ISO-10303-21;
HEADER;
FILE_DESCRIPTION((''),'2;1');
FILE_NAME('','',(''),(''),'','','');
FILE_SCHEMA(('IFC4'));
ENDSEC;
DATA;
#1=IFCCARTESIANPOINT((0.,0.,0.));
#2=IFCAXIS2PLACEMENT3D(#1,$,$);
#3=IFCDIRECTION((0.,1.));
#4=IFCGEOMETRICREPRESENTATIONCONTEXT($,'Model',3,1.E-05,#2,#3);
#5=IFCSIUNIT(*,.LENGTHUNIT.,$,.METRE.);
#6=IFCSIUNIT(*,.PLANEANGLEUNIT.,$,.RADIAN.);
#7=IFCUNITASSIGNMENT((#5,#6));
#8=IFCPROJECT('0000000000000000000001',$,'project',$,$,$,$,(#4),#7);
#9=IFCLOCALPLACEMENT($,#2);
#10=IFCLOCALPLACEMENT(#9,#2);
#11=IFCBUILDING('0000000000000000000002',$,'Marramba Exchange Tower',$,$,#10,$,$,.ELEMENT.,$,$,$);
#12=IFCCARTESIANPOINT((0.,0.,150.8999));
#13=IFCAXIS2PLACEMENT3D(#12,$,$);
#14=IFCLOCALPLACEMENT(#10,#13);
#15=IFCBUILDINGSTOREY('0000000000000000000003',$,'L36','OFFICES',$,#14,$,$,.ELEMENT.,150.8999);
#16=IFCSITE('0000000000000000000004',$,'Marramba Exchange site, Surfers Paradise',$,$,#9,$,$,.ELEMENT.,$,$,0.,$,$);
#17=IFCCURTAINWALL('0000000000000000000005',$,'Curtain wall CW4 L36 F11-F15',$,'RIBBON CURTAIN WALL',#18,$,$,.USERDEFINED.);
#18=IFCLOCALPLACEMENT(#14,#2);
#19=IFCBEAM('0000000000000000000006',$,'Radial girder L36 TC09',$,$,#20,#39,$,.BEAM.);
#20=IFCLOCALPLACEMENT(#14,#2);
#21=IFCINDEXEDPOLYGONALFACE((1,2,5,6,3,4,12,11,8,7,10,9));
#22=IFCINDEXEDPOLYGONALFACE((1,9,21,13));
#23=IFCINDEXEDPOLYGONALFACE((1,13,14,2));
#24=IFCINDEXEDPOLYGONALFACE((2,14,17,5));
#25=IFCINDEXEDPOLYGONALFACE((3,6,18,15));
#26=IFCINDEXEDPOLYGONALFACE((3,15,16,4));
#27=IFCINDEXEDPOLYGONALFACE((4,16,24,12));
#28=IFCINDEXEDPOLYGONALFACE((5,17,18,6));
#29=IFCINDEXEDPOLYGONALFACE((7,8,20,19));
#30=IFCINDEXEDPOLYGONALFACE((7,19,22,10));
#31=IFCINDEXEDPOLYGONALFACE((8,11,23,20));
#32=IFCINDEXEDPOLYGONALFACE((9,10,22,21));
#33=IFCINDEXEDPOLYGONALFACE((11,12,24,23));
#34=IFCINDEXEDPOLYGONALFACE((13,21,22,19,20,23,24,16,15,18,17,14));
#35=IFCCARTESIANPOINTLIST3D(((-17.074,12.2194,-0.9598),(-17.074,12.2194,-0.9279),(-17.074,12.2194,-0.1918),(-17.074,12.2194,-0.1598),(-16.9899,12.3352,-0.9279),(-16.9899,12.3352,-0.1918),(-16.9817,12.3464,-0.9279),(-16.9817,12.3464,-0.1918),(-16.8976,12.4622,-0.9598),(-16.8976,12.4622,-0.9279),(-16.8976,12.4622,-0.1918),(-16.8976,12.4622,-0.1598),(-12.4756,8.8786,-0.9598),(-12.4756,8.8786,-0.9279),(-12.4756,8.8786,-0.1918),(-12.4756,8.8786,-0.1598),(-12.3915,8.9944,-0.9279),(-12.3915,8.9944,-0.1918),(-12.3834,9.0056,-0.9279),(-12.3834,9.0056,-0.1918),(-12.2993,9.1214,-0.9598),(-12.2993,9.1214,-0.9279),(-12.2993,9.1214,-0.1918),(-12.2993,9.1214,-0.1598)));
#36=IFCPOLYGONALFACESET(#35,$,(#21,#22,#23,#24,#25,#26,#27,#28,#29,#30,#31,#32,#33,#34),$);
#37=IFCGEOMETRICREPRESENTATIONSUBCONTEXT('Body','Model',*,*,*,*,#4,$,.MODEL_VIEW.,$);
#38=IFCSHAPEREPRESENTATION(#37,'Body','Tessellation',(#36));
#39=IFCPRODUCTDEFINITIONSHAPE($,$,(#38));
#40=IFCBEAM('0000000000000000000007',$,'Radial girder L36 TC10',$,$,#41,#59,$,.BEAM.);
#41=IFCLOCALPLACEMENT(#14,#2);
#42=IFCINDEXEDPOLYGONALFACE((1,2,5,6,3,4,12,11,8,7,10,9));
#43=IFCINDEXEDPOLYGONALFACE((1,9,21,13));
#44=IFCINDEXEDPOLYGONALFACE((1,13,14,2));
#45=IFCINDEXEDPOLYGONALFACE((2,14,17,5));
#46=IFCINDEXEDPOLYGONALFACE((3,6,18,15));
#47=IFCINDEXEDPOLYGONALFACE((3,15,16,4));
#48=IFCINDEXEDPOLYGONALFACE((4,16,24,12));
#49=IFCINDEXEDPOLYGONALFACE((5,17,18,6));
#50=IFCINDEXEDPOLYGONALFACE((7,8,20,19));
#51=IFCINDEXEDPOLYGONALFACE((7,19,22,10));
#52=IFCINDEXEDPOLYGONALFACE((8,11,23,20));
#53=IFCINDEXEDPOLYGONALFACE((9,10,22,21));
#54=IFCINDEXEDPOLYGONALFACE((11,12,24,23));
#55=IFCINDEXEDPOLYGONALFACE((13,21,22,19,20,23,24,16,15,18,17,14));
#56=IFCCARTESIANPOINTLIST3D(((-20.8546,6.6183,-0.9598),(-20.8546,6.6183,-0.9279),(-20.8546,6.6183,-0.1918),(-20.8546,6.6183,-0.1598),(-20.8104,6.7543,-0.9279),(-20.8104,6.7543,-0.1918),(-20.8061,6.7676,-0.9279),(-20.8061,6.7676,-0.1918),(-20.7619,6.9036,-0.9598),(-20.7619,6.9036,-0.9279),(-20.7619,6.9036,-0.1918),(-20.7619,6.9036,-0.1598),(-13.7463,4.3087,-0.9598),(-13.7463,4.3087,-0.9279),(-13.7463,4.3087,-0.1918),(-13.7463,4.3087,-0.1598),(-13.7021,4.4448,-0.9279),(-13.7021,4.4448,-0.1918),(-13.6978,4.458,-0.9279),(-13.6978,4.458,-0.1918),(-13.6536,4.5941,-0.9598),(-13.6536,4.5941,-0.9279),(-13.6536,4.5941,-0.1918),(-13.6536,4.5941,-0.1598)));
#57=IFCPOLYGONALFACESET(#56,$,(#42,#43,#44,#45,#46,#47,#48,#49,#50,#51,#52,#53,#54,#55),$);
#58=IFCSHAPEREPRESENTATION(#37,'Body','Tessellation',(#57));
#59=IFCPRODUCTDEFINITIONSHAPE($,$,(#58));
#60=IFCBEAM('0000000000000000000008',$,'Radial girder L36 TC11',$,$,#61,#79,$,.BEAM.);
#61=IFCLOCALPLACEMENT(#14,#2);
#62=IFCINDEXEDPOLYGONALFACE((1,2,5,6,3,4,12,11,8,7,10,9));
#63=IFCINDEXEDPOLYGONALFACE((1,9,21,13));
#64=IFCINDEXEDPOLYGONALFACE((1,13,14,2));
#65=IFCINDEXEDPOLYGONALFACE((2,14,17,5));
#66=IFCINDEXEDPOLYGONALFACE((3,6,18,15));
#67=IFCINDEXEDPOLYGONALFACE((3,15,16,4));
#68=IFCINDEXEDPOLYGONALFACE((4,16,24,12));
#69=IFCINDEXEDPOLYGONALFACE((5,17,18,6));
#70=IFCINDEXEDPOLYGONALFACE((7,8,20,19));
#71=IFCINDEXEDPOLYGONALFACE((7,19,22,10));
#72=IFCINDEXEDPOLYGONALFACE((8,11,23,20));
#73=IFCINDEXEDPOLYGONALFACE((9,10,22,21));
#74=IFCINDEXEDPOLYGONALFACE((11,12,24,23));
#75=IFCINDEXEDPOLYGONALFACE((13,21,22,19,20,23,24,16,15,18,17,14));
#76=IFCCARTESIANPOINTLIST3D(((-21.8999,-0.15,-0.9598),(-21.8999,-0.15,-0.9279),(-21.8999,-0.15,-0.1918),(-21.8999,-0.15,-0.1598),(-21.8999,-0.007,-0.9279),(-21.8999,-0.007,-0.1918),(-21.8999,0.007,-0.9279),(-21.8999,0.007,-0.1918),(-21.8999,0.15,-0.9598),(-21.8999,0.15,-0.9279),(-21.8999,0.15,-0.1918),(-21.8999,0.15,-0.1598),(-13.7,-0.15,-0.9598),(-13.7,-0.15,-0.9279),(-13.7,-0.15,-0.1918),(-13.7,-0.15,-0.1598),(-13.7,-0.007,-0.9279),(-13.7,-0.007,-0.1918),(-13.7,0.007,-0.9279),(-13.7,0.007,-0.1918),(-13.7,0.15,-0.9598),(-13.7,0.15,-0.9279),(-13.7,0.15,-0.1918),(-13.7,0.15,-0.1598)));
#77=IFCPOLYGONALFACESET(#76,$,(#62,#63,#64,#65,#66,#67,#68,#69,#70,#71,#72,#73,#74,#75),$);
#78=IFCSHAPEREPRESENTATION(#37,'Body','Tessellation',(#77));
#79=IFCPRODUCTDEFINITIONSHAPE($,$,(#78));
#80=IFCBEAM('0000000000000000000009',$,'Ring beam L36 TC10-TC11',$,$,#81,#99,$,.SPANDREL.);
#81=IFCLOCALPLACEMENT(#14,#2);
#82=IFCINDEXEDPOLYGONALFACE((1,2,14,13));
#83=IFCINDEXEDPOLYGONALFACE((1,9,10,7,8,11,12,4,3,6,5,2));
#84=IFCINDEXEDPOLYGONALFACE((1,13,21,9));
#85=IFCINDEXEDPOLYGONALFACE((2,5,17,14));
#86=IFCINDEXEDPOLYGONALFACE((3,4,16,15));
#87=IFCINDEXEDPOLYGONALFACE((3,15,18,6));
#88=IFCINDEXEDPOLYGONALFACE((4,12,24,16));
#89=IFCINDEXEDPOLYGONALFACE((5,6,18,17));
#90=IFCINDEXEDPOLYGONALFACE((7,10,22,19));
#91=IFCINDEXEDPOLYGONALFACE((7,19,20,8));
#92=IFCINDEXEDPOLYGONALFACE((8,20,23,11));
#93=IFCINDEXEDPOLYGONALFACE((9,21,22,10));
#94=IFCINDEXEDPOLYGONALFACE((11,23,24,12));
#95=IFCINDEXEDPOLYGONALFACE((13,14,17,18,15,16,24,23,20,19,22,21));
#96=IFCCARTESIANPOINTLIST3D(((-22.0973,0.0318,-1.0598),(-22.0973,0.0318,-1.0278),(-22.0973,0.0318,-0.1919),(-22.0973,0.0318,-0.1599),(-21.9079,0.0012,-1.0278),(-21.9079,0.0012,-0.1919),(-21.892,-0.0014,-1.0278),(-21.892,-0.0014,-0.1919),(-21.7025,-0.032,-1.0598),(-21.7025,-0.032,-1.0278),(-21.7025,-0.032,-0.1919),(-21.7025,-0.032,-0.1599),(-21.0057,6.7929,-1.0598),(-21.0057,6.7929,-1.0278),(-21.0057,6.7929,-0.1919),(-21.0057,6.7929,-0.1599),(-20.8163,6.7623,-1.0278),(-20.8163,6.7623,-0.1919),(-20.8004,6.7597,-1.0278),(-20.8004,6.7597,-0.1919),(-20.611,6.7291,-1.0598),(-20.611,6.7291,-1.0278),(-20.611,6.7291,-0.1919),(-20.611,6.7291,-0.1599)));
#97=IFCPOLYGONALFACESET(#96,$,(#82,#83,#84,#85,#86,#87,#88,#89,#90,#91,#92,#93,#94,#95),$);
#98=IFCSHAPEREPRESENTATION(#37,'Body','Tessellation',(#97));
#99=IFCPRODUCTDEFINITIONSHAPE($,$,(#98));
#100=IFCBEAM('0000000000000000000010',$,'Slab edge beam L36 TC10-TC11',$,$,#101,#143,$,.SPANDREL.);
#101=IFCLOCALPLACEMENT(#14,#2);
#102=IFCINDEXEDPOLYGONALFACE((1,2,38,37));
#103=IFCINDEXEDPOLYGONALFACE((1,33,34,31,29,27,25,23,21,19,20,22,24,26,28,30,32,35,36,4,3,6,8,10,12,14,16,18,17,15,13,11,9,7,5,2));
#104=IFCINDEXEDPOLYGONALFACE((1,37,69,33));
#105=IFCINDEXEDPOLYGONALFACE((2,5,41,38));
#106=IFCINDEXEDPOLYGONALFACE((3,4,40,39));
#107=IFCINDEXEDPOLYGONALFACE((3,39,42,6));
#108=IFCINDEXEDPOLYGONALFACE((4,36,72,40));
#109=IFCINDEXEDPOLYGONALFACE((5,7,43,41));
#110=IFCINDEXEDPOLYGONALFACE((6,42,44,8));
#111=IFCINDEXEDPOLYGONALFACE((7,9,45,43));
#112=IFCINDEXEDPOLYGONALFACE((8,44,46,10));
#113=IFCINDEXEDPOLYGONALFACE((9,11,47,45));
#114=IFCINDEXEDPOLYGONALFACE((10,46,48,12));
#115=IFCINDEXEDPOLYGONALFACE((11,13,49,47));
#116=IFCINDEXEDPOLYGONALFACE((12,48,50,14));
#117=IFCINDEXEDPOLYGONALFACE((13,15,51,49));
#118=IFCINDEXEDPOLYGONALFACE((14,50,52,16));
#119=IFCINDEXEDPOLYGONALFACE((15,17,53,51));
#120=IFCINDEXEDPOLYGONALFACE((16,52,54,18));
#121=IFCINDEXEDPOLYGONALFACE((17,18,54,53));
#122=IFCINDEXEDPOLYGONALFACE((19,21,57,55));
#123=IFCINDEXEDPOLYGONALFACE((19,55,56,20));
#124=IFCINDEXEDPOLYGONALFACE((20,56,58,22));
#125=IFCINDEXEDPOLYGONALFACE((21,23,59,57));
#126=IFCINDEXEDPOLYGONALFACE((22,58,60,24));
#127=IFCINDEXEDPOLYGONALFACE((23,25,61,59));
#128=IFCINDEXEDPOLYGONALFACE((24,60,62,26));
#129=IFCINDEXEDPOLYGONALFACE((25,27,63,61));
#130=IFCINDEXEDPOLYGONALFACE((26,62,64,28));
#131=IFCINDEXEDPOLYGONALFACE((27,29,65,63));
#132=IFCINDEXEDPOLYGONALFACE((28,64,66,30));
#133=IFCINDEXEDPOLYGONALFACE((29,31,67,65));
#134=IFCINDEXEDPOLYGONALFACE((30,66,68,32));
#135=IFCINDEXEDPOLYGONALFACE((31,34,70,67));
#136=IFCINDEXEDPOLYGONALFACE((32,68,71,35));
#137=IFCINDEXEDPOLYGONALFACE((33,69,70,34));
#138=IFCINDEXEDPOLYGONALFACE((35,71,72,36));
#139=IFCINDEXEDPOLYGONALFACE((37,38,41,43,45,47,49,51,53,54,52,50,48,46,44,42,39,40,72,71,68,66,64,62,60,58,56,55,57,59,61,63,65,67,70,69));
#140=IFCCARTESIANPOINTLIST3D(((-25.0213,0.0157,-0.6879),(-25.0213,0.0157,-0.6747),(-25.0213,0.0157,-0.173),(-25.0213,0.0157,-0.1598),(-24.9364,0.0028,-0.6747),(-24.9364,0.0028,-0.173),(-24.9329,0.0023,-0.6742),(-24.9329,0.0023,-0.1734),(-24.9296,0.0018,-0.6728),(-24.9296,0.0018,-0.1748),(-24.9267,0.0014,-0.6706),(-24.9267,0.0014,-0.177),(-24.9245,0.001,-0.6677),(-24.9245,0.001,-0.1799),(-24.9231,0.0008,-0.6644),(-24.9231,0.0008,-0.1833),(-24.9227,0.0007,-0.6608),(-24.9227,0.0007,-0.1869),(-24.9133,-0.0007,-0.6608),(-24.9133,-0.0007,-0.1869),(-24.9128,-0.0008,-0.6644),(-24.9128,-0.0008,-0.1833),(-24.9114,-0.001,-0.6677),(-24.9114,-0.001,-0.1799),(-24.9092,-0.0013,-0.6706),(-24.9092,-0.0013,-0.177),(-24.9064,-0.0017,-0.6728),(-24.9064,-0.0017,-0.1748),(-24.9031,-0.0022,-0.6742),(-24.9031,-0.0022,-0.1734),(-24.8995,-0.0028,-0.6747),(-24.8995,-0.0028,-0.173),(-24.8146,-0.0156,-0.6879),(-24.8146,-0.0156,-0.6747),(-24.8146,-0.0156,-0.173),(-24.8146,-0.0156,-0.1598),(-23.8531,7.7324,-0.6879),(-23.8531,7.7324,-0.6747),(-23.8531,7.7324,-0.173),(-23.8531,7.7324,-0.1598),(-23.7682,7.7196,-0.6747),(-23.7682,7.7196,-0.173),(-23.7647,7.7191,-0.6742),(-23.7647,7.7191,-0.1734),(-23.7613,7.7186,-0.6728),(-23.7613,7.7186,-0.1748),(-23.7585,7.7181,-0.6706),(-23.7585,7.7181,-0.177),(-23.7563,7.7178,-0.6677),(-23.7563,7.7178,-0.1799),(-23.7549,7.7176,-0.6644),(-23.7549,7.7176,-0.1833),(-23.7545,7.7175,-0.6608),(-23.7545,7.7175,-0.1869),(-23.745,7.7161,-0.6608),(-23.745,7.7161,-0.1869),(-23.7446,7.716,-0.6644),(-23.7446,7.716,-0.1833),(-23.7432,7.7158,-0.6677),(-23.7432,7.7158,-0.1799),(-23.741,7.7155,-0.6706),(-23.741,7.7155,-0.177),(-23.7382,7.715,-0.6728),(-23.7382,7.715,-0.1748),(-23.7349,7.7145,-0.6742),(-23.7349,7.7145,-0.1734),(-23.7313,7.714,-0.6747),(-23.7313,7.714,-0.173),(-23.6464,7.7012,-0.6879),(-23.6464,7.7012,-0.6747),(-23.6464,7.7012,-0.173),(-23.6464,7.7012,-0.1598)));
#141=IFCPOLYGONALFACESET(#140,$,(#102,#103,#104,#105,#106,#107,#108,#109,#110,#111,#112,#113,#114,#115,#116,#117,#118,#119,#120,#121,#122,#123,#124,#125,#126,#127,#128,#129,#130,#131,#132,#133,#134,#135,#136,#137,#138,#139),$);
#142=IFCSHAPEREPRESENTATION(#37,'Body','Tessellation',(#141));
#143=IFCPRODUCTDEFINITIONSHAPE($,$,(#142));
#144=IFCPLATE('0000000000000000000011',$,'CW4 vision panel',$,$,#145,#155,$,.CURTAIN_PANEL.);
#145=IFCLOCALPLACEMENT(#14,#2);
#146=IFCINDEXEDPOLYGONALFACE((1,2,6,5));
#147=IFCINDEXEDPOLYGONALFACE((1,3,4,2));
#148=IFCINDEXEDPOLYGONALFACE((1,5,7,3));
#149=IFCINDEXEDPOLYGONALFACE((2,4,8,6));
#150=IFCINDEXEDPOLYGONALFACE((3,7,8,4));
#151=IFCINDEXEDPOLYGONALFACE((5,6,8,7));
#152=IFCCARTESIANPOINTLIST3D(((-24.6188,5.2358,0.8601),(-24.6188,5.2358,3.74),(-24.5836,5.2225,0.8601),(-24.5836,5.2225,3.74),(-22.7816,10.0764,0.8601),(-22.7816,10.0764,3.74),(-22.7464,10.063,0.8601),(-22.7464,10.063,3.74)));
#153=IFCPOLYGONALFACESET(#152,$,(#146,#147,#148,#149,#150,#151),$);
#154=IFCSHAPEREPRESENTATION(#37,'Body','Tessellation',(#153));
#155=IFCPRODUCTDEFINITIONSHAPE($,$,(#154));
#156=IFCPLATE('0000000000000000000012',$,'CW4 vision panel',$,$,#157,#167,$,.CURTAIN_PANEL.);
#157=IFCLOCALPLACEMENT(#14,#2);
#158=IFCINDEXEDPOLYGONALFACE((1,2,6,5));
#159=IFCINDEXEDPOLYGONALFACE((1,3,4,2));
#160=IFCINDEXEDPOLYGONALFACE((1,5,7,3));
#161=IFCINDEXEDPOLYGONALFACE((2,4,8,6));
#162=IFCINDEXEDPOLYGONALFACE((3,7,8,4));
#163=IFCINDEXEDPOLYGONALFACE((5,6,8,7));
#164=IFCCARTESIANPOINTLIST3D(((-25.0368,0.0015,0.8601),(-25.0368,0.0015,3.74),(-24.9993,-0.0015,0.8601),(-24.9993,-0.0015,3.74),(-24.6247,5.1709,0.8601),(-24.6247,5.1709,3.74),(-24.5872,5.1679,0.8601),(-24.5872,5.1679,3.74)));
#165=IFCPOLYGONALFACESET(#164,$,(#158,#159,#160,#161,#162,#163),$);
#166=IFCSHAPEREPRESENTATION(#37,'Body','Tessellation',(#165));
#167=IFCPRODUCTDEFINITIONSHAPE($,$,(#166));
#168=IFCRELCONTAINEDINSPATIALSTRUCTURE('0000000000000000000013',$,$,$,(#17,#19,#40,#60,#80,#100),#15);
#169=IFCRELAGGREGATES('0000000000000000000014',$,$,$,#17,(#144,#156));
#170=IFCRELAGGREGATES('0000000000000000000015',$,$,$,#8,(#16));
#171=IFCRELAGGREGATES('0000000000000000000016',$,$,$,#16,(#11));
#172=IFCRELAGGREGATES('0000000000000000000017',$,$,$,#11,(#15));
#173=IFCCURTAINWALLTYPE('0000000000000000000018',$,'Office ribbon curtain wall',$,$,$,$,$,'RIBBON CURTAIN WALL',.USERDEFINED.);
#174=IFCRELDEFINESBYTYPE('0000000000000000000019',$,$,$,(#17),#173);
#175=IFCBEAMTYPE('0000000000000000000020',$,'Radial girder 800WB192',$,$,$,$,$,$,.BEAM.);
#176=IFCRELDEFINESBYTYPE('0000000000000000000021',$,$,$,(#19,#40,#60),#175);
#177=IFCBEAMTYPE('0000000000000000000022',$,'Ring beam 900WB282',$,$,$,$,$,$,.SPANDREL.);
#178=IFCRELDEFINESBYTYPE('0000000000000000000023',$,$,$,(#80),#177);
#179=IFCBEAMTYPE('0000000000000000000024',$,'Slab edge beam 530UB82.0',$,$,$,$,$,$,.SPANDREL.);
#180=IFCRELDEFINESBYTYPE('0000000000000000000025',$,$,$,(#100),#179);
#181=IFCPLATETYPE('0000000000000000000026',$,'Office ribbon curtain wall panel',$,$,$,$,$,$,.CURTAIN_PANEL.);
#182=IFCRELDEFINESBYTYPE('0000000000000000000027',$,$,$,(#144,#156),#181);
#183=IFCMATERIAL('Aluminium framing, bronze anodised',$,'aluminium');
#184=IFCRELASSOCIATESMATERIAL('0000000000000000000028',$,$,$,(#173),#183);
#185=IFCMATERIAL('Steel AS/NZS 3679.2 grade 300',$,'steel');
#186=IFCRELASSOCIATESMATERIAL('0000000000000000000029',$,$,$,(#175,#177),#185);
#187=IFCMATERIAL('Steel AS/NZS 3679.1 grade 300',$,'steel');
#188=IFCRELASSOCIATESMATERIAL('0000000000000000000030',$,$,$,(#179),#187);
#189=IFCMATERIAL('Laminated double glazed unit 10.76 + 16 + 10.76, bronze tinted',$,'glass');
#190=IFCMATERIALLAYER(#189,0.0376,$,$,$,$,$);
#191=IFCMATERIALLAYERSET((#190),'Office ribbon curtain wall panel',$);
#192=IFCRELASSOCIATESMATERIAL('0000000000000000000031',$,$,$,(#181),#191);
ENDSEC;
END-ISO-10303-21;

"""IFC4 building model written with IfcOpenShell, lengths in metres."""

from ifc_helpers import new_model, si_unit, direction, frame, origin, origin_2d, place, context, subcontext, project, spatial, rectangle, i_section, extrude, material, layer, layer_set, material_profile, profile_set, type_object, element, aggregate, save


model = new_model("IFC4")

# Units and contexts
model_context = context("Model", 3, precision=1e-05, world=origin(), true_north=direction((0.0, 1.0)))
body_context = subcontext(model_context, "Body", "Model", "MODEL_VIEW")
ifc_project = project(units=[si_unit("LENGTHUNIT", "METRE"), si_unit("PLANEANGLEUNIT", "RADIAN")], contexts=[model_context])

# Site, building, storey
site_placement = place(None, origin())
site = spatial("IfcSite", under=ifc_project, at=site_placement, Name="Marramba Exchange site, Surfers Paradise", CompositionType="ELEMENT", RefElevation=0.0)
building_placement = place(site_placement, origin())
building = spatial("IfcBuilding", under=site, at=building_placement, Name="Marramba Exchange Tower", CompositionType="ELEMENT")
storey_placement = place(building_placement, frame((0.0, 0.0, 150.8999)))
storey = spatial("IfcBuildingStorey", under=building, at=storey_placement, Name="L36", Description="OFFICES", CompositionType="ELEMENT", Elevation=150.8999)

# Shared definitions
ifc_material_1 = material(Name="Steel AS/NZS 3679.2 grade 300", Category="steel")
ifc_material_2 = material(Name="Steel AS/NZS 3679.1 grade 300", Category="steel")

# Curtain wall
ifc_material_3 = material(Name="Aluminium framing, bronze anodised", Category="aluminium")
curtain_wall_type = type_object("IfcCurtainWallType", Name="Office ribbon curtain wall", ElementType="RIBBON CURTAIN WALL", PredefinedType="USERDEFINED", material=ifc_material_3)
curtain_wall_placement = place(storey_placement, origin())
curtain_wall = element("IfcCurtainWall", 1, at=curtain_wall_placement, inside=storey, type_object=curtain_wall_type, Name="Curtain wall CW4 L36 F11-F15", ObjectType="RIBBON CURTAIN WALL", PredefinedType="USERDEFINED")

# Beams
ifc_material_profile_1 = material_profile(ifc_material_1, i_section(OverallWidth=0.3, OverallDepth=0.8, WebThickness=0.0139, FlangeThickness=0.032, at=origin_2d()), Name="800WB192")
ifc_profile_set_1 = profile_set([ifc_material_profile_1], Name="Steel AS/NZS 3679.2 grade 300")
beam_type_1 = type_object("IfcBeamType", Name="Radial girder 800WB192", PredefinedType="BEAM", material=ifc_profile_set_1)
beam_1_placement = place(storey_placement, frame((-12.3875, 9.0, -0.5598), z_axis=(-0.809026, 0.587773, 0.0), x_axis=(-0.587773, -0.809026, 0.0)))
element("IfcBeam", 2, at=beam_1_placement, inside=storey, type_object=beam_type_1, Name="Radial girder L36 TC09", PredefinedType="BEAM", context=body_context, shape_type="SweptSolid", body=[
    extrude(i_section(OverallWidth=0.3, OverallDepth=0.8, WebThickness=0.0139, FlangeThickness=0.032, at=origin_2d()), origin(), (0.0, 0.0, 1.0), 5.6838),
])
beam_2_placement = place(storey_placement, frame((-13.7, 4.4514, -0.5598), z_axis=(-0.95106, 0.309006, 0.0), x_axis=(-0.309006, -0.95106, 0.0)))
element("IfcBeam", 3, at=beam_2_placement, inside=storey, type_object=beam_type_1, Name="Radial girder L36 TC10", PredefinedType="BEAM", context=body_context, shape_type="SweptSolid", body=[
    extrude(i_section(OverallWidth=0.3, OverallDepth=0.8, WebThickness=0.0139, FlangeThickness=0.032, at=origin_2d()), origin(), (0.0, 0.0, 1.0), 7.4741),
])
beam_3_placement = place(storey_placement, frame((-13.7, 0.0, -0.5598), z_axis=(-1.0, 0.0, 0.0), x_axis=(0.0, -1.0, 0.0)))
element("IfcBeam", 4, at=beam_3_placement, inside=storey, type_object=beam_type_1, Name="Radial girder L36 TC11", PredefinedType="BEAM", context=body_context, shape_type="SweptSolid", body=[
    extrude(i_section(OverallWidth=0.3, OverallDepth=0.8, WebThickness=0.0139, FlangeThickness=0.032, at=origin_2d()), origin(), (0.0, 0.0, 1.0), 8.2),
])
ifc_material_profile_2 = material_profile(ifc_material_1, i_section(OverallWidth=0.3999, OverallDepth=0.8999, WebThickness=0.0161, FlangeThickness=0.032, at=origin_2d()), Name="900WB282")
ifc_profile_set_2 = profile_set([ifc_material_profile_2], Name="Steel AS/NZS 3679.2 grade 300")
beam_type_2 = type_object("IfcBeamType", Name="Ring beam 900WB282", PredefinedType="SPANDREL", material=ifc_profile_set_2)
beam_4_placement = place(storey_placement, frame((-20.8083, 6.761, -0.6099), z_axis=(-0.159385, -0.987217, 0.0), x_axis=(0.987217, -0.159385, 0.0)))
element("IfcBeam", 5, at=beam_4_placement, inside=storey, type_object=beam_type_2, Name="Ring beam L36 TC10-TC11", PredefinedType="SPANDREL", context=body_context, shape_type="SweptSolid", body=[
    extrude(i_section(OverallWidth=0.3999, OverallDepth=0.8999, WebThickness=0.0161, FlangeThickness=0.032, at=origin_2d()), origin(), (0.0, 0.0, 1.0), 6.8486),
])
ifc_material_profile_3 = material_profile(ifc_material_2, i_section(OverallWidth=0.209, OverallDepth=0.5281, WebThickness=0.0095, FlangeThickness=0.0132, FilletRadius=0.0139, at=origin_2d()), Name="530UB82.0")
ifc_profile_set_3 = profile_set([ifc_material_profile_3], Name="Steel AS/NZS 3679.1 grade 300")
beam_type_3 = type_object("IfcBeamType", Name="Slab edge beam 530UB82.0", PredefinedType="SPANDREL", material=ifc_profile_set_3)
beam_5_placement = place(storey_placement, frame((-23.7498, 7.7168, -0.4238), z_axis=(-0.14968, -0.988734, 0.0), x_axis=(0.988734, -0.14968, 0.0)))
element("IfcBeam", 6, at=beam_5_placement, inside=storey, type_object=beam_type_3, Name="Slab edge beam L36 TC10-TC11", PredefinedType="SPANDREL", context=body_context, shape_type="SweptSolid", body=[
    extrude(i_section(OverallWidth=0.209, OverallDepth=0.5281, WebThickness=0.0095, FlangeThickness=0.0132, FilletRadius=0.0139, at=origin_2d()), origin(), (0.0, 0.0, 1.0), 7.8047),
])

# Plates
ifc_material_4 = material(Name="Laminated double glazed unit 10.76 + 16 + 10.76, bronze tinted", Category="glass")
ifc_layer_1 = layer(ifc_material_4, 0.0376)
ifc_layer_set_1 = layer_set([ifc_layer_1], Name="Office ribbon curtain wall panel")
plate_type = type_object("IfcPlateType", Name="Office ribbon curtain wall panel", PredefinedType="CURTAIN_PANEL", material=ifc_layer_set_1)
plate_1_placement = place(storey_placement, frame((-23.6826, 7.6494, 0.8601), z_axis=(0.0, 0.0, 1.0), x_axis=(-0.354844, -0.934925, 0.0)))
plate_1 = element("IfcPlate", 7, at=plate_1_placement, type_object=plate_type, Name="CW4 vision panel", PredefinedType="CURTAIN_PANEL", context=body_context, shape_type="SweptSolid", body=[
    extrude(rectangle(XDim=5.1775, YDim=0.0376, at=origin_2d()), origin(), (0.0, 0.0, 1.0), 2.8799),
])
plate_2_placement = place(storey_placement, frame((-24.812, 2.5847, 0.8601), z_axis=(0.0, 0.0, 1.0), x_axis=(-0.07946, -0.996838, 0.0)))
plate_2 = element("IfcPlate", 8, at=plate_2_placement, type_object=plate_type, Name="CW4 vision panel", PredefinedType="CURTAIN_PANEL", context=body_context, shape_type="SweptSolid", body=[
    extrude(rectangle(XDim=5.1858, YDim=0.0376, at=origin_2d()), origin(), (0.0, 0.0, 1.0), 2.8799),
])
aggregate(curtain_wall, [plate_1, plate_2])

save(model, "model.ifc")
